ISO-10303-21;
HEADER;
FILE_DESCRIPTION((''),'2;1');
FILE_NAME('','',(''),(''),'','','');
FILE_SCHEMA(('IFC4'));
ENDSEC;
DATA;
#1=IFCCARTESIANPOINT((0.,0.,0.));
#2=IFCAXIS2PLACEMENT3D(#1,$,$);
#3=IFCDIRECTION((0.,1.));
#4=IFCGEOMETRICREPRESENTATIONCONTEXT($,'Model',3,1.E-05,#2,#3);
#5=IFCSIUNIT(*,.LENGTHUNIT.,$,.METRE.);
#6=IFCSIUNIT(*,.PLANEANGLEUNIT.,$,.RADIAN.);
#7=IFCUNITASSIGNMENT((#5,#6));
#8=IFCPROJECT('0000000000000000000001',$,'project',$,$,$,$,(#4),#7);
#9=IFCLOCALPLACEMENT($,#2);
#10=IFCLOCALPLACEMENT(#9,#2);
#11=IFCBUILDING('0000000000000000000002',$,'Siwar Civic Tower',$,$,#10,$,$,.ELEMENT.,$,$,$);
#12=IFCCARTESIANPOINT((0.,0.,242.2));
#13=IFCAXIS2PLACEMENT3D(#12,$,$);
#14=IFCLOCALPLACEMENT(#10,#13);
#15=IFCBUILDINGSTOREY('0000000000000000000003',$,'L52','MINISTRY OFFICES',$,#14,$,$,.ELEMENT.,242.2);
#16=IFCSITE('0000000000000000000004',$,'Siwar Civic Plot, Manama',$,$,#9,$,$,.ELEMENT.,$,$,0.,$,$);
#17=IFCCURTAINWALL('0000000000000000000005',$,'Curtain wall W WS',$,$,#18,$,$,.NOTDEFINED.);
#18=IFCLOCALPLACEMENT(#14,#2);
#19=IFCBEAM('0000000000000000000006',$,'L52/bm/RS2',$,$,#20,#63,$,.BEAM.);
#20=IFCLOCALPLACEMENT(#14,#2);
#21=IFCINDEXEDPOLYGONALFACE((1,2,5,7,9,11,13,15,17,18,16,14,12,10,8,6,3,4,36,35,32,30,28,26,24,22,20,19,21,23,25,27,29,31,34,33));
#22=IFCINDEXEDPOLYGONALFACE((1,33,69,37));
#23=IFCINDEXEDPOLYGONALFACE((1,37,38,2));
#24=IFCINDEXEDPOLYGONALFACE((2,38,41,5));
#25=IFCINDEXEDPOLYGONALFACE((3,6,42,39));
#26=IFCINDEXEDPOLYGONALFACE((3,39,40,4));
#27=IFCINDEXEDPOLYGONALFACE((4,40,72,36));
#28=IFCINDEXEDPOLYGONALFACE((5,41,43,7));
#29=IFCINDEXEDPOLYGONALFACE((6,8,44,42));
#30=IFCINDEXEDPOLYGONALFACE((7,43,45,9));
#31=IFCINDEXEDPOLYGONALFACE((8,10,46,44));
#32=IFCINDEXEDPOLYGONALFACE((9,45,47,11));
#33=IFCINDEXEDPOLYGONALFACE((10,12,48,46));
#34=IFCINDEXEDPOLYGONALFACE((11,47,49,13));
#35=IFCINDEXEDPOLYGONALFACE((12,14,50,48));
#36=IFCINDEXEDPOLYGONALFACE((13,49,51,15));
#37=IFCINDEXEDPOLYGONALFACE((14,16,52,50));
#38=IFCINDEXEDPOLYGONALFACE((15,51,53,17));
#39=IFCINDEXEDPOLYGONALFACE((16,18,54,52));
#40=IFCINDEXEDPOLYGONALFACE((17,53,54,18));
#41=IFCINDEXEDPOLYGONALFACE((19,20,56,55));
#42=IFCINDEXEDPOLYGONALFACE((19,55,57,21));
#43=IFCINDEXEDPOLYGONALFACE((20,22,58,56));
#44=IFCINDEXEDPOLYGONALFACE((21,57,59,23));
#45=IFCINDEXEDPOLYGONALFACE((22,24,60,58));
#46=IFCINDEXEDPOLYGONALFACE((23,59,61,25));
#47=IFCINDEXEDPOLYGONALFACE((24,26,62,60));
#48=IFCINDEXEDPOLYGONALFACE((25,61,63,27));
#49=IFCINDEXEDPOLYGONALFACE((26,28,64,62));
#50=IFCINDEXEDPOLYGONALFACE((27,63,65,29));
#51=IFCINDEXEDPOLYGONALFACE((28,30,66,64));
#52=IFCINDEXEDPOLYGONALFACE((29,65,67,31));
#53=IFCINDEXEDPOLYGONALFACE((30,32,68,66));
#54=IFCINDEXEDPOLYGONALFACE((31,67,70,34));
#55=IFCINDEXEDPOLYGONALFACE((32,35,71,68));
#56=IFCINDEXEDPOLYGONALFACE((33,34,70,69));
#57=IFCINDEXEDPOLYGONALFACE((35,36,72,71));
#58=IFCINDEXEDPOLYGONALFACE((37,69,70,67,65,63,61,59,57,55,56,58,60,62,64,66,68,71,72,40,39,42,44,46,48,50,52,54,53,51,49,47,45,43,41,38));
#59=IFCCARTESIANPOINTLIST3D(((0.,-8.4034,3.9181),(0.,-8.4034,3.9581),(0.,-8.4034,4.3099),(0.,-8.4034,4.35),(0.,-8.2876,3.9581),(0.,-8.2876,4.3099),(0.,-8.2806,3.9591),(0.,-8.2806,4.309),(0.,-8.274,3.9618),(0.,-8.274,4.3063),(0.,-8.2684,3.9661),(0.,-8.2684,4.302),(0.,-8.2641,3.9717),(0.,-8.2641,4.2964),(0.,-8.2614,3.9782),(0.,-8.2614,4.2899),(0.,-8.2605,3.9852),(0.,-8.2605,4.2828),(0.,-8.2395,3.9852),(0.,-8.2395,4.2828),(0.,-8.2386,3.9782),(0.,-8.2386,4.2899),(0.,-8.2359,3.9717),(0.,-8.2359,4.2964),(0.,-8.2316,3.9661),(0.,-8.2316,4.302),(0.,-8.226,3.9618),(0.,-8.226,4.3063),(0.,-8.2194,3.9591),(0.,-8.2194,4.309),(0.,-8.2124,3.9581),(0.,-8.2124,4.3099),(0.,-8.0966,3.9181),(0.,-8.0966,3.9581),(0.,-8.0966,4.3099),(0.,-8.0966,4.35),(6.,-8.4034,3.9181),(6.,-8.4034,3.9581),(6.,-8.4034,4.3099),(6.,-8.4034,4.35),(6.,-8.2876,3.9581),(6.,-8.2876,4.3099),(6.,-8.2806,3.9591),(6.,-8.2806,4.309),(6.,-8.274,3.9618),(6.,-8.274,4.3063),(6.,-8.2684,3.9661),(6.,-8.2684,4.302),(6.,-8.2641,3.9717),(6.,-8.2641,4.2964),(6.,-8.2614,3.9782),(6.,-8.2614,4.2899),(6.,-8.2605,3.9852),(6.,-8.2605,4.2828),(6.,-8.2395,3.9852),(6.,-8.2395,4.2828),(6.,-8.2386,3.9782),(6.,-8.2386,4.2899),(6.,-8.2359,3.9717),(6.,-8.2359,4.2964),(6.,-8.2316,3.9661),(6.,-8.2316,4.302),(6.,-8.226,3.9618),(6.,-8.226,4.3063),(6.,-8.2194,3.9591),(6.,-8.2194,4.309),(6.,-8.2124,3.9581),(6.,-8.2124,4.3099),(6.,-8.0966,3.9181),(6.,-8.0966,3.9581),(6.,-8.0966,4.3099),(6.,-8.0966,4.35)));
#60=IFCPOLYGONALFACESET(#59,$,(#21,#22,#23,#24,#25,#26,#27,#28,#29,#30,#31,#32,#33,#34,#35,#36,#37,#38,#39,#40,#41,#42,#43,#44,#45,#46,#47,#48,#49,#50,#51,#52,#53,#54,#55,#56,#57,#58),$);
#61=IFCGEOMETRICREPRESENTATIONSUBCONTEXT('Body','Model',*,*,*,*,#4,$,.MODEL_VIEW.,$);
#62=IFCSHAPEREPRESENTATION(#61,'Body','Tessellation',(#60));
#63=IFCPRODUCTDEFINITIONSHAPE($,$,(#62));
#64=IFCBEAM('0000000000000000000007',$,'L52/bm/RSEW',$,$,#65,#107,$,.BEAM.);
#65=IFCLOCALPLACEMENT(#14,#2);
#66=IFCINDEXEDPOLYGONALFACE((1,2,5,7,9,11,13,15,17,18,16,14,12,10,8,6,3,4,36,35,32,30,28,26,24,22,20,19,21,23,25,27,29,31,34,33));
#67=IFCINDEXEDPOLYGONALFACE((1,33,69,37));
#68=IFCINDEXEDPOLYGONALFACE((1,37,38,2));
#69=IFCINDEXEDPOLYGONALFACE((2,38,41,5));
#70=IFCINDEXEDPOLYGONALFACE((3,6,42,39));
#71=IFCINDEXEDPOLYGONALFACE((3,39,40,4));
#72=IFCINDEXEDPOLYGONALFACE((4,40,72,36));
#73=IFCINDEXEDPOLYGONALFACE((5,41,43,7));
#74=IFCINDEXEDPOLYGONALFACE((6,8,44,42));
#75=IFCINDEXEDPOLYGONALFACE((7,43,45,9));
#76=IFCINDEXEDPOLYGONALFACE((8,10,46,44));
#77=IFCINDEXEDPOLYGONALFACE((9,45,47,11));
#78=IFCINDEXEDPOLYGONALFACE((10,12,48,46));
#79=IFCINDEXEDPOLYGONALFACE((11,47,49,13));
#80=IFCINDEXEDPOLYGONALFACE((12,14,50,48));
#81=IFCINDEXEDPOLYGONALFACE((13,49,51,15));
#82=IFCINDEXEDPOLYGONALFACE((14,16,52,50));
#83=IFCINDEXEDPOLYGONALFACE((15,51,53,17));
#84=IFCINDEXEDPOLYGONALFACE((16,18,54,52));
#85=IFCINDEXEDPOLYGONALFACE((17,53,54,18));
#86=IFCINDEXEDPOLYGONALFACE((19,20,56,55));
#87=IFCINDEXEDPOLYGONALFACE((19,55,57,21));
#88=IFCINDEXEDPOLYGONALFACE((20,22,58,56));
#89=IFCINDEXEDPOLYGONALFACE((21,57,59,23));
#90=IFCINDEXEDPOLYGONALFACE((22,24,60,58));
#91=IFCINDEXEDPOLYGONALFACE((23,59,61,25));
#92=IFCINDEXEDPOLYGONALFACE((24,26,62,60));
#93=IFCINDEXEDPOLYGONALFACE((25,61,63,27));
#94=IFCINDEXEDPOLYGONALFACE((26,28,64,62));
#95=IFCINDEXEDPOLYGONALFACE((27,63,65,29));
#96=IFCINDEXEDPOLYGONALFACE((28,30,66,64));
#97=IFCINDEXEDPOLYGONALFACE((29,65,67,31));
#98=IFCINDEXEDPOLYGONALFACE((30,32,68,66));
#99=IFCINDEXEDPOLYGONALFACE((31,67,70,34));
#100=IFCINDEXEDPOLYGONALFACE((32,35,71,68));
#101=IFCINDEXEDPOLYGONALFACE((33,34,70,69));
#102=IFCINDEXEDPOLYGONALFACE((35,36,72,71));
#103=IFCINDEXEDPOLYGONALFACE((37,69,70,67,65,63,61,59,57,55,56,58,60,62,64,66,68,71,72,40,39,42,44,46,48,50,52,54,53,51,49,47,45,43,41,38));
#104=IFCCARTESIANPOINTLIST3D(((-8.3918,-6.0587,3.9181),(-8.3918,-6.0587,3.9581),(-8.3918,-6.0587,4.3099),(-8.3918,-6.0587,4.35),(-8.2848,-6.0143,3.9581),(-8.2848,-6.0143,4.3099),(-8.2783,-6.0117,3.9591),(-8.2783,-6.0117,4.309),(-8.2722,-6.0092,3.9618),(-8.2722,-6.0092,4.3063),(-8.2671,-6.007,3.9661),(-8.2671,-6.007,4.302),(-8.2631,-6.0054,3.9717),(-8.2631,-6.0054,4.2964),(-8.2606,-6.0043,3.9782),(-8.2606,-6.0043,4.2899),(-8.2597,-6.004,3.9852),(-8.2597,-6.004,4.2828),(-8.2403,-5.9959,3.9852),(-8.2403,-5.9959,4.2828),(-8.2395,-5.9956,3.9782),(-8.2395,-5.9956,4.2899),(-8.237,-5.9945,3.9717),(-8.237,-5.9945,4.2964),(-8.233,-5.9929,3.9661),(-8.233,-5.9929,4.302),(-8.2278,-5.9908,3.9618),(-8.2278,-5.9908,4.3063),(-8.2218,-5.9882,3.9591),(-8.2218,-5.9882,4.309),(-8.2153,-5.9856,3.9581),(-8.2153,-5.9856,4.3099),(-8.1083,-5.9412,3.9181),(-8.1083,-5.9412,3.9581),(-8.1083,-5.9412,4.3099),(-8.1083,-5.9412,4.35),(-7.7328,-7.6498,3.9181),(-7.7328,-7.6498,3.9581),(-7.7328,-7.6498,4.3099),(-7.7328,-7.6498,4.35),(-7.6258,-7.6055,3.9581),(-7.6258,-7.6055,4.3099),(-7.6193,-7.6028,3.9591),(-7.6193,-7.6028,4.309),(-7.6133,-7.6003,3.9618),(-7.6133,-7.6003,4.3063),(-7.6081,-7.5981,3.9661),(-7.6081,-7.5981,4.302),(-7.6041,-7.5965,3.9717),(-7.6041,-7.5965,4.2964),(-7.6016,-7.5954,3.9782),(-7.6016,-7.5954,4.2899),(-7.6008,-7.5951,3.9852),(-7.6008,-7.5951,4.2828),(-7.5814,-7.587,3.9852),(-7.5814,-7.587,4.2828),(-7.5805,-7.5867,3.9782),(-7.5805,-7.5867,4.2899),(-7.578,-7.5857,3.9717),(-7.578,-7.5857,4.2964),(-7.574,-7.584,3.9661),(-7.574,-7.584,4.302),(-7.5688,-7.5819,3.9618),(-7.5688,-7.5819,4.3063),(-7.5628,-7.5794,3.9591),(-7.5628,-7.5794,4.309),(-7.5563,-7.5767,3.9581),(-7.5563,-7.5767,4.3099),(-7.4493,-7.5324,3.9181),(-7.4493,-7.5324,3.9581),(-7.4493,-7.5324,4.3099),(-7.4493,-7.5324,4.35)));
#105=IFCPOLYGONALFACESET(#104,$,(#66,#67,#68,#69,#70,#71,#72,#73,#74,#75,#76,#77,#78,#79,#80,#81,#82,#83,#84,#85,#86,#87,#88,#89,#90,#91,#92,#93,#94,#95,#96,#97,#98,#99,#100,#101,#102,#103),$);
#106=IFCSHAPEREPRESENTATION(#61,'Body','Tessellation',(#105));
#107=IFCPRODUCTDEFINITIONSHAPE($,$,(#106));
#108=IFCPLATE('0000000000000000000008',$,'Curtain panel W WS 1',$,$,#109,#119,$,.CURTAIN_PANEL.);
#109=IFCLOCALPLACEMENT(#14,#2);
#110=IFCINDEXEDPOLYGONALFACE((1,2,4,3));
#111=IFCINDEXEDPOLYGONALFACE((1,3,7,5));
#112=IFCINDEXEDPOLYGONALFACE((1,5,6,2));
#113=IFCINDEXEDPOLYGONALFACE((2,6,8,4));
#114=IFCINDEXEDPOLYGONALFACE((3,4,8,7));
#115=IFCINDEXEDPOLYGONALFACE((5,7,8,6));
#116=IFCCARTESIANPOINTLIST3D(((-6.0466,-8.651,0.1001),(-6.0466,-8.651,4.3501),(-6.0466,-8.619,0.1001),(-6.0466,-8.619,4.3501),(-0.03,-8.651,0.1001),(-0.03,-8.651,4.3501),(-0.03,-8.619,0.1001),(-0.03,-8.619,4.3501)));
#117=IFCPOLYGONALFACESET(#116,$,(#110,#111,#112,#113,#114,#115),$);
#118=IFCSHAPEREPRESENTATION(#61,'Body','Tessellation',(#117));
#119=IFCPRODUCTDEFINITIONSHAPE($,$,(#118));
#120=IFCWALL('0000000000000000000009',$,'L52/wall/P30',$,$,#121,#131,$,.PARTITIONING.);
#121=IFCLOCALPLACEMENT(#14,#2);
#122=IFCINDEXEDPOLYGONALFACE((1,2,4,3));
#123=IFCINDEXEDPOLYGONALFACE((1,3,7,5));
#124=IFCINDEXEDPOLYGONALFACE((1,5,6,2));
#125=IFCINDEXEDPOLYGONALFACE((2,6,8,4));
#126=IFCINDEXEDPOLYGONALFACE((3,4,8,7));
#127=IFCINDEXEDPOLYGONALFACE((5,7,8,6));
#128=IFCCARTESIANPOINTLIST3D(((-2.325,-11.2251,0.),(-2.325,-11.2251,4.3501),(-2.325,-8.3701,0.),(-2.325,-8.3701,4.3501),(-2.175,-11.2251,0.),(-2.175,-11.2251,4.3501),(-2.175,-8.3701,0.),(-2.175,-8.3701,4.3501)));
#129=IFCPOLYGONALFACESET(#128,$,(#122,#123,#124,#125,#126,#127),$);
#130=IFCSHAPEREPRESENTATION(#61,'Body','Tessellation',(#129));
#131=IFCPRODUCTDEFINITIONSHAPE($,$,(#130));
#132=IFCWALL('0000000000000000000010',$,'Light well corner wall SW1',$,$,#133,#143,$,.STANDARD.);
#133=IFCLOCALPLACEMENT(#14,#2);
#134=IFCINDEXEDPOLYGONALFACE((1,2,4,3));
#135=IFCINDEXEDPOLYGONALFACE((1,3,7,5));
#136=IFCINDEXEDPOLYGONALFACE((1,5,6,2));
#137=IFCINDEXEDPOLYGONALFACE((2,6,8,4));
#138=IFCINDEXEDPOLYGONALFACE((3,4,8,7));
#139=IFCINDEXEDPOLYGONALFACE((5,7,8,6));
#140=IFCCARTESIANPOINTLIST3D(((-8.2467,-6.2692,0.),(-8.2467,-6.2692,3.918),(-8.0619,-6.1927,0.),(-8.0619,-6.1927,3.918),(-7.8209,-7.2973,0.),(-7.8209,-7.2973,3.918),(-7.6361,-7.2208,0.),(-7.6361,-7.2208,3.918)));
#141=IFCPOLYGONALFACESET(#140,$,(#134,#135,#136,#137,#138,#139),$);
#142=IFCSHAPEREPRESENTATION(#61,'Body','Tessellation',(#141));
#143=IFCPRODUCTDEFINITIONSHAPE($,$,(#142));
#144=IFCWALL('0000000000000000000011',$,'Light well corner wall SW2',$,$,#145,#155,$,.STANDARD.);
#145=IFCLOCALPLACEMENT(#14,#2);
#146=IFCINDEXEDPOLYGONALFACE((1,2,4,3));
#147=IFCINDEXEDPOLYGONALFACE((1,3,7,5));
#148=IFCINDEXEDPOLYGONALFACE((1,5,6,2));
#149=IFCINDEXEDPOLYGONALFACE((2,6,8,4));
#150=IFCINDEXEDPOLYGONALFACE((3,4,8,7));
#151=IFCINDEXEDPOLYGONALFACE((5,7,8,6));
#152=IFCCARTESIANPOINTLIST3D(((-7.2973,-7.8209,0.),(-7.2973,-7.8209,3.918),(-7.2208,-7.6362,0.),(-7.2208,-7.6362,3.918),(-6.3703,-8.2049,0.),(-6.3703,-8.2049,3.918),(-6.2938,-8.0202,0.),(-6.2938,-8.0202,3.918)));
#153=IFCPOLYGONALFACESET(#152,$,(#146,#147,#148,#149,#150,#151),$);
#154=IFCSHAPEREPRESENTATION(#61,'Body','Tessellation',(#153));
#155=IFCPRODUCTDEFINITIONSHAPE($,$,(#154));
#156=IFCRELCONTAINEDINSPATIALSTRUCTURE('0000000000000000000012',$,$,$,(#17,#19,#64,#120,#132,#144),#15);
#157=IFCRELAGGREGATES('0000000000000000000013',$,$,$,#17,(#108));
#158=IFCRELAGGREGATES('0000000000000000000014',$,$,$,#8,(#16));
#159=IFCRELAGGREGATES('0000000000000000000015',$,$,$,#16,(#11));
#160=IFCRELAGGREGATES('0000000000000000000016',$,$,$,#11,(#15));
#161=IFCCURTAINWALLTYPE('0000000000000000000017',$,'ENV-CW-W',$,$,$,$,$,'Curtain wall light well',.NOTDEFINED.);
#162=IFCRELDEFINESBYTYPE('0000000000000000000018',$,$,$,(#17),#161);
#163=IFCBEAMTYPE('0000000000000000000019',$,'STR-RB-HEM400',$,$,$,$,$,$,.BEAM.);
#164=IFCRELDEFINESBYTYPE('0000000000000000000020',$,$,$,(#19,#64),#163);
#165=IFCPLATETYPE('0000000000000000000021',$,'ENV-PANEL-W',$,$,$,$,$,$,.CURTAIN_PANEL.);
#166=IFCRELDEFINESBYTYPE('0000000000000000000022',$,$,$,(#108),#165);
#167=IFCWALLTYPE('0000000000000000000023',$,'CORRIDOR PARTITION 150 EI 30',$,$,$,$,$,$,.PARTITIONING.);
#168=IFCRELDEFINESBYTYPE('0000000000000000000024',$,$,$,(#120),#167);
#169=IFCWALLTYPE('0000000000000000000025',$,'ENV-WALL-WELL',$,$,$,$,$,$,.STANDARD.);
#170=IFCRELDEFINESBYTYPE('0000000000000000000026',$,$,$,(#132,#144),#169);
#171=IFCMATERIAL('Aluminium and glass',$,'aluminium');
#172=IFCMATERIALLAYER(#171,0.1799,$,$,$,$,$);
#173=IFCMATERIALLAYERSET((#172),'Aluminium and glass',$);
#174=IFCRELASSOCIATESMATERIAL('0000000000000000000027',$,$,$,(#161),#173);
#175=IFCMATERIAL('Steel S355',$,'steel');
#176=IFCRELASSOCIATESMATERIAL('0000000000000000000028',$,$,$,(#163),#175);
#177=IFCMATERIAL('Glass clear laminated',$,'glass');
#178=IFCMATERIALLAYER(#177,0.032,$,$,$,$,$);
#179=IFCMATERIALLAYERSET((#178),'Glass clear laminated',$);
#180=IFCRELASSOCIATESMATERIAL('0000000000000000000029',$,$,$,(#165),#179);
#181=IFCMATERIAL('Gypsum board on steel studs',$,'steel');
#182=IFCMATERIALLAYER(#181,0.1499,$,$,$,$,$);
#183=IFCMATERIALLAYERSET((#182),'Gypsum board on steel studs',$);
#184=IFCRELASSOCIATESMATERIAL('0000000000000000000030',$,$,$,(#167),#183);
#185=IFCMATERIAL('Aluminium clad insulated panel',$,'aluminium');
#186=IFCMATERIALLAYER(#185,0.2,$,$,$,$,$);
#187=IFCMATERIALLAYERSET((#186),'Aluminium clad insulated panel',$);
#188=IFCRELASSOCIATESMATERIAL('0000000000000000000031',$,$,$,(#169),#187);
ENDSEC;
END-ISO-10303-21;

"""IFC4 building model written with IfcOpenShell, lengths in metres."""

from ifc_helpers import new_model, si_unit, direction, frame, frame_2d, origin, origin_2d, place, context, subcontext, project, spatial, rectangle, i_section, extrude, material, layer, layer_set, material_profile, profile_set, type_object, element, aggregate, save


model = new_model("IFC4")

# Units and contexts
model_context = context("Model", 3, precision=1e-05, world=origin(), true_north=direction((0.0, 1.0)))
body_context = subcontext(model_context, "Body", "Model", "MODEL_VIEW")
ifc_project = project(units=[si_unit("LENGTHUNIT", "METRE"), si_unit("PLANEANGLEUNIT", "RADIAN")], contexts=[model_context])

# Site, building, storey
site_placement = place(None, origin())
site = spatial("IfcSite", under=ifc_project, at=site_placement, Name="Siwar Civic Plot, Manama", CompositionType="ELEMENT", RefElevation=0.0)
building_placement = place(site_placement, origin())
building = spatial("IfcBuilding", under=site, at=building_placement, Name="Siwar Civic Tower", CompositionType="ELEMENT")
storey_placement = place(building_placement, frame((0.0, 0.0, 242.2)))
storey = spatial("IfcBuildingStorey", under=building, at=storey_placement, Name="L52", Description="MINISTRY OFFICES", CompositionType="ELEMENT", Elevation=242.2)

# Curtain wall
ifc_material_1 = material(Name="Aluminium and glass", Category="aluminium")
ifc_layer_1 = layer(ifc_material_1, 0.1799)
ifc_layer_set_1 = layer_set([ifc_layer_1], Name="Aluminium and glass")
curtain_wall_type = type_object("IfcCurtainWallType", Name="ENV-CW-W", ElementType="Curtain wall light well", PredefinedType="NOTDEFINED", material=ifc_layer_set_1)
curtain_wall_placement = place(storey_placement, origin())
curtain_wall = element("IfcCurtainWall", 1, at=curtain_wall_placement, inside=storey, type_object=curtain_wall_type, Name="Curtain wall W WS", PredefinedType="NOTDEFINED")

# Beams
ifc_material_2 = material(Name="Steel S355", Category="steel")
ifc_material_profile_1 = material_profile(ifc_material_2, i_section(OverallWidth=0.3069, OverallDepth=0.4319, WebThickness=0.021, FlangeThickness=0.04, FilletRadius=0.0271, at=origin_2d()), Name="HEM400")
ifc_profile_set_1 = profile_set([ifc_material_profile_1], Name="Steel S355")
beam_type = type_object("IfcBeamType", Name="STR-RB-HEM400", PredefinedType="BEAM", material=ifc_profile_set_1)
for number, where, z_axis, x_axis, name in (
    (2, (0.0, -8.25, 4.134), (1.0, 0.0, 0.0), (0.0, 1.0, 0.0), "L52/bm/RS2"),
):
    element("IfcBeam", number, at=place(storey_placement, frame(where, z_axis=z_axis, x_axis=x_axis)), inside=storey, type_object=beam_type, Name=name, PredefinedType="BEAM", context=body_context, shape_type="SweptSolid", body=[
        extrude(i_section(OverallWidth=0.3069, OverallDepth=0.4319, WebThickness=0.021, FlangeThickness=0.04, FilletRadius=0.0271, at=origin_2d()), origin(), (0.0, 0.0, 1.0), 6.0),
    ])
beam_1_placement = place(storey_placement, frame((-7.5911, -7.5911, 4.134), z_axis=(-0.382631, 0.923901, 0.0), x_axis=(-0.923901, -0.382631, 0.0)))
element("IfcBeam", 3, at=beam_1_placement, inside=storey, type_object=beam_type, Name="L52/bm/RSEW", PredefinedType="BEAM", context=body_context, shape_type="SweptSolid", body=[
    extrude(i_section(OverallWidth=0.3069, OverallDepth=0.4319, WebThickness=0.021, FlangeThickness=0.04, FilletRadius=0.0271, at=origin_2d()), origin(), (0.0, 0.0, 1.0), 1.7222),
])

# Plate
ifc_material_3 = material(Name="Glass clear laminated", Category="glass")
ifc_layer_2 = layer(ifc_material_3, 0.032)
ifc_layer_set_2 = layer_set([ifc_layer_2], Name="Glass clear laminated")
plate_type = type_object("IfcPlateType", Name="ENV-PANEL-W", PredefinedType="CURTAIN_PANEL", material=ifc_layer_set_2)
plate_placement = place(storey_placement, frame((-3.0383, -8.635, 0.1001), z_axis=(0.0, 0.0, 1.0), x_axis=(1.0, 0.0, 0.0)))
plate = element("IfcPlate", 4, at=plate_placement, type_object=plate_type, Name="Curtain panel W WS 1", PredefinedType="CURTAIN_PANEL", context=body_context, shape_type="SweptSolid", body=[
    extrude(rectangle(XDim=6.0166, YDim=0.032, at=origin_2d()), origin(), (0.0, 0.0, 1.0), 4.25),
])
aggregate(curtain_wall, [plate])

# Walls
ifc_material_4 = material(Name="Gypsum board on steel studs", Category="steel")
ifc_layer_3 = layer(ifc_material_4, 0.1499)
ifc_layer_set_3 = layer_set([ifc_layer_3], Name="Gypsum board on steel studs")
wall_type_1 = type_object("IfcWallType", Name="CORRIDOR PARTITION 150 EI 30", PredefinedType="PARTITIONING", material=ifc_layer_set_3)
wall_1_placement = place(storey_placement, frame((-2.25, -11.2251, 0.0), z_axis=(0.0, 0.0, 1.0), x_axis=(0.0, 1.0, 0.0)))
element("IfcWall", 5, at=wall_1_placement, inside=storey, type_object=wall_type_1, Name="L52/wall/P30", PredefinedType="PARTITIONING", context=body_context, shape_type="SweptSolid", body=[
    extrude(rectangle(XDim=2.855, YDim=0.1499, at=frame_2d((1.4275, 0.0))), origin(), (0.0, 0.0, 1.0), 4.3501),
])
ifc_material_5 = material(Name="Aluminium clad insulated panel", Category="aluminium")
ifc_layer_4 = layer(ifc_material_5, 0.2)
ifc_layer_set_4 = layer_set([ifc_layer_4], Name="Aluminium clad insulated panel")
wall_type_2 = type_object("IfcWallType", Name="ENV-WALL-WELL", PredefinedType="STANDARD", material=ifc_layer_set_4)
wall_2_placement = place(storey_placement, frame((-8.1543, -6.231, 0.0), z_axis=(0.0, 0.0, 1.0), x_axis=(0.382636, -0.923899, 0.0)))
element("IfcWall", 6, at=wall_2_placement, inside=storey, type_object=wall_type_2, Name="Light well corner wall SW1", PredefinedType="STANDARD", context=body_context, shape_type="SweptSolid", body=[
    extrude(rectangle(XDim=1.1128, YDim=0.2, at=frame_2d((0.5564, 0.0))), origin(), (0.0, 0.0, 1.0), 3.918),
])
wall_3_placement = place(storey_placement, frame((-7.259, -7.7285, 0.0), z_axis=(0.0, 0.0, 1.0), x_axis=(0.92386, -0.382731, 0.0)))
element("IfcWall", 7, at=wall_3_placement, inside=storey, type_object=wall_type_2, Name="Light well corner wall SW2", PredefinedType="STANDARD", context=body_context, shape_type="SweptSolid", body=[
    extrude(rectangle(XDim=1.0034, YDim=0.2, at=frame_2d((0.5017, 0.0))), origin(), (0.0, 0.0, 1.0), 3.918),
])

save(model, "model.ifc")
